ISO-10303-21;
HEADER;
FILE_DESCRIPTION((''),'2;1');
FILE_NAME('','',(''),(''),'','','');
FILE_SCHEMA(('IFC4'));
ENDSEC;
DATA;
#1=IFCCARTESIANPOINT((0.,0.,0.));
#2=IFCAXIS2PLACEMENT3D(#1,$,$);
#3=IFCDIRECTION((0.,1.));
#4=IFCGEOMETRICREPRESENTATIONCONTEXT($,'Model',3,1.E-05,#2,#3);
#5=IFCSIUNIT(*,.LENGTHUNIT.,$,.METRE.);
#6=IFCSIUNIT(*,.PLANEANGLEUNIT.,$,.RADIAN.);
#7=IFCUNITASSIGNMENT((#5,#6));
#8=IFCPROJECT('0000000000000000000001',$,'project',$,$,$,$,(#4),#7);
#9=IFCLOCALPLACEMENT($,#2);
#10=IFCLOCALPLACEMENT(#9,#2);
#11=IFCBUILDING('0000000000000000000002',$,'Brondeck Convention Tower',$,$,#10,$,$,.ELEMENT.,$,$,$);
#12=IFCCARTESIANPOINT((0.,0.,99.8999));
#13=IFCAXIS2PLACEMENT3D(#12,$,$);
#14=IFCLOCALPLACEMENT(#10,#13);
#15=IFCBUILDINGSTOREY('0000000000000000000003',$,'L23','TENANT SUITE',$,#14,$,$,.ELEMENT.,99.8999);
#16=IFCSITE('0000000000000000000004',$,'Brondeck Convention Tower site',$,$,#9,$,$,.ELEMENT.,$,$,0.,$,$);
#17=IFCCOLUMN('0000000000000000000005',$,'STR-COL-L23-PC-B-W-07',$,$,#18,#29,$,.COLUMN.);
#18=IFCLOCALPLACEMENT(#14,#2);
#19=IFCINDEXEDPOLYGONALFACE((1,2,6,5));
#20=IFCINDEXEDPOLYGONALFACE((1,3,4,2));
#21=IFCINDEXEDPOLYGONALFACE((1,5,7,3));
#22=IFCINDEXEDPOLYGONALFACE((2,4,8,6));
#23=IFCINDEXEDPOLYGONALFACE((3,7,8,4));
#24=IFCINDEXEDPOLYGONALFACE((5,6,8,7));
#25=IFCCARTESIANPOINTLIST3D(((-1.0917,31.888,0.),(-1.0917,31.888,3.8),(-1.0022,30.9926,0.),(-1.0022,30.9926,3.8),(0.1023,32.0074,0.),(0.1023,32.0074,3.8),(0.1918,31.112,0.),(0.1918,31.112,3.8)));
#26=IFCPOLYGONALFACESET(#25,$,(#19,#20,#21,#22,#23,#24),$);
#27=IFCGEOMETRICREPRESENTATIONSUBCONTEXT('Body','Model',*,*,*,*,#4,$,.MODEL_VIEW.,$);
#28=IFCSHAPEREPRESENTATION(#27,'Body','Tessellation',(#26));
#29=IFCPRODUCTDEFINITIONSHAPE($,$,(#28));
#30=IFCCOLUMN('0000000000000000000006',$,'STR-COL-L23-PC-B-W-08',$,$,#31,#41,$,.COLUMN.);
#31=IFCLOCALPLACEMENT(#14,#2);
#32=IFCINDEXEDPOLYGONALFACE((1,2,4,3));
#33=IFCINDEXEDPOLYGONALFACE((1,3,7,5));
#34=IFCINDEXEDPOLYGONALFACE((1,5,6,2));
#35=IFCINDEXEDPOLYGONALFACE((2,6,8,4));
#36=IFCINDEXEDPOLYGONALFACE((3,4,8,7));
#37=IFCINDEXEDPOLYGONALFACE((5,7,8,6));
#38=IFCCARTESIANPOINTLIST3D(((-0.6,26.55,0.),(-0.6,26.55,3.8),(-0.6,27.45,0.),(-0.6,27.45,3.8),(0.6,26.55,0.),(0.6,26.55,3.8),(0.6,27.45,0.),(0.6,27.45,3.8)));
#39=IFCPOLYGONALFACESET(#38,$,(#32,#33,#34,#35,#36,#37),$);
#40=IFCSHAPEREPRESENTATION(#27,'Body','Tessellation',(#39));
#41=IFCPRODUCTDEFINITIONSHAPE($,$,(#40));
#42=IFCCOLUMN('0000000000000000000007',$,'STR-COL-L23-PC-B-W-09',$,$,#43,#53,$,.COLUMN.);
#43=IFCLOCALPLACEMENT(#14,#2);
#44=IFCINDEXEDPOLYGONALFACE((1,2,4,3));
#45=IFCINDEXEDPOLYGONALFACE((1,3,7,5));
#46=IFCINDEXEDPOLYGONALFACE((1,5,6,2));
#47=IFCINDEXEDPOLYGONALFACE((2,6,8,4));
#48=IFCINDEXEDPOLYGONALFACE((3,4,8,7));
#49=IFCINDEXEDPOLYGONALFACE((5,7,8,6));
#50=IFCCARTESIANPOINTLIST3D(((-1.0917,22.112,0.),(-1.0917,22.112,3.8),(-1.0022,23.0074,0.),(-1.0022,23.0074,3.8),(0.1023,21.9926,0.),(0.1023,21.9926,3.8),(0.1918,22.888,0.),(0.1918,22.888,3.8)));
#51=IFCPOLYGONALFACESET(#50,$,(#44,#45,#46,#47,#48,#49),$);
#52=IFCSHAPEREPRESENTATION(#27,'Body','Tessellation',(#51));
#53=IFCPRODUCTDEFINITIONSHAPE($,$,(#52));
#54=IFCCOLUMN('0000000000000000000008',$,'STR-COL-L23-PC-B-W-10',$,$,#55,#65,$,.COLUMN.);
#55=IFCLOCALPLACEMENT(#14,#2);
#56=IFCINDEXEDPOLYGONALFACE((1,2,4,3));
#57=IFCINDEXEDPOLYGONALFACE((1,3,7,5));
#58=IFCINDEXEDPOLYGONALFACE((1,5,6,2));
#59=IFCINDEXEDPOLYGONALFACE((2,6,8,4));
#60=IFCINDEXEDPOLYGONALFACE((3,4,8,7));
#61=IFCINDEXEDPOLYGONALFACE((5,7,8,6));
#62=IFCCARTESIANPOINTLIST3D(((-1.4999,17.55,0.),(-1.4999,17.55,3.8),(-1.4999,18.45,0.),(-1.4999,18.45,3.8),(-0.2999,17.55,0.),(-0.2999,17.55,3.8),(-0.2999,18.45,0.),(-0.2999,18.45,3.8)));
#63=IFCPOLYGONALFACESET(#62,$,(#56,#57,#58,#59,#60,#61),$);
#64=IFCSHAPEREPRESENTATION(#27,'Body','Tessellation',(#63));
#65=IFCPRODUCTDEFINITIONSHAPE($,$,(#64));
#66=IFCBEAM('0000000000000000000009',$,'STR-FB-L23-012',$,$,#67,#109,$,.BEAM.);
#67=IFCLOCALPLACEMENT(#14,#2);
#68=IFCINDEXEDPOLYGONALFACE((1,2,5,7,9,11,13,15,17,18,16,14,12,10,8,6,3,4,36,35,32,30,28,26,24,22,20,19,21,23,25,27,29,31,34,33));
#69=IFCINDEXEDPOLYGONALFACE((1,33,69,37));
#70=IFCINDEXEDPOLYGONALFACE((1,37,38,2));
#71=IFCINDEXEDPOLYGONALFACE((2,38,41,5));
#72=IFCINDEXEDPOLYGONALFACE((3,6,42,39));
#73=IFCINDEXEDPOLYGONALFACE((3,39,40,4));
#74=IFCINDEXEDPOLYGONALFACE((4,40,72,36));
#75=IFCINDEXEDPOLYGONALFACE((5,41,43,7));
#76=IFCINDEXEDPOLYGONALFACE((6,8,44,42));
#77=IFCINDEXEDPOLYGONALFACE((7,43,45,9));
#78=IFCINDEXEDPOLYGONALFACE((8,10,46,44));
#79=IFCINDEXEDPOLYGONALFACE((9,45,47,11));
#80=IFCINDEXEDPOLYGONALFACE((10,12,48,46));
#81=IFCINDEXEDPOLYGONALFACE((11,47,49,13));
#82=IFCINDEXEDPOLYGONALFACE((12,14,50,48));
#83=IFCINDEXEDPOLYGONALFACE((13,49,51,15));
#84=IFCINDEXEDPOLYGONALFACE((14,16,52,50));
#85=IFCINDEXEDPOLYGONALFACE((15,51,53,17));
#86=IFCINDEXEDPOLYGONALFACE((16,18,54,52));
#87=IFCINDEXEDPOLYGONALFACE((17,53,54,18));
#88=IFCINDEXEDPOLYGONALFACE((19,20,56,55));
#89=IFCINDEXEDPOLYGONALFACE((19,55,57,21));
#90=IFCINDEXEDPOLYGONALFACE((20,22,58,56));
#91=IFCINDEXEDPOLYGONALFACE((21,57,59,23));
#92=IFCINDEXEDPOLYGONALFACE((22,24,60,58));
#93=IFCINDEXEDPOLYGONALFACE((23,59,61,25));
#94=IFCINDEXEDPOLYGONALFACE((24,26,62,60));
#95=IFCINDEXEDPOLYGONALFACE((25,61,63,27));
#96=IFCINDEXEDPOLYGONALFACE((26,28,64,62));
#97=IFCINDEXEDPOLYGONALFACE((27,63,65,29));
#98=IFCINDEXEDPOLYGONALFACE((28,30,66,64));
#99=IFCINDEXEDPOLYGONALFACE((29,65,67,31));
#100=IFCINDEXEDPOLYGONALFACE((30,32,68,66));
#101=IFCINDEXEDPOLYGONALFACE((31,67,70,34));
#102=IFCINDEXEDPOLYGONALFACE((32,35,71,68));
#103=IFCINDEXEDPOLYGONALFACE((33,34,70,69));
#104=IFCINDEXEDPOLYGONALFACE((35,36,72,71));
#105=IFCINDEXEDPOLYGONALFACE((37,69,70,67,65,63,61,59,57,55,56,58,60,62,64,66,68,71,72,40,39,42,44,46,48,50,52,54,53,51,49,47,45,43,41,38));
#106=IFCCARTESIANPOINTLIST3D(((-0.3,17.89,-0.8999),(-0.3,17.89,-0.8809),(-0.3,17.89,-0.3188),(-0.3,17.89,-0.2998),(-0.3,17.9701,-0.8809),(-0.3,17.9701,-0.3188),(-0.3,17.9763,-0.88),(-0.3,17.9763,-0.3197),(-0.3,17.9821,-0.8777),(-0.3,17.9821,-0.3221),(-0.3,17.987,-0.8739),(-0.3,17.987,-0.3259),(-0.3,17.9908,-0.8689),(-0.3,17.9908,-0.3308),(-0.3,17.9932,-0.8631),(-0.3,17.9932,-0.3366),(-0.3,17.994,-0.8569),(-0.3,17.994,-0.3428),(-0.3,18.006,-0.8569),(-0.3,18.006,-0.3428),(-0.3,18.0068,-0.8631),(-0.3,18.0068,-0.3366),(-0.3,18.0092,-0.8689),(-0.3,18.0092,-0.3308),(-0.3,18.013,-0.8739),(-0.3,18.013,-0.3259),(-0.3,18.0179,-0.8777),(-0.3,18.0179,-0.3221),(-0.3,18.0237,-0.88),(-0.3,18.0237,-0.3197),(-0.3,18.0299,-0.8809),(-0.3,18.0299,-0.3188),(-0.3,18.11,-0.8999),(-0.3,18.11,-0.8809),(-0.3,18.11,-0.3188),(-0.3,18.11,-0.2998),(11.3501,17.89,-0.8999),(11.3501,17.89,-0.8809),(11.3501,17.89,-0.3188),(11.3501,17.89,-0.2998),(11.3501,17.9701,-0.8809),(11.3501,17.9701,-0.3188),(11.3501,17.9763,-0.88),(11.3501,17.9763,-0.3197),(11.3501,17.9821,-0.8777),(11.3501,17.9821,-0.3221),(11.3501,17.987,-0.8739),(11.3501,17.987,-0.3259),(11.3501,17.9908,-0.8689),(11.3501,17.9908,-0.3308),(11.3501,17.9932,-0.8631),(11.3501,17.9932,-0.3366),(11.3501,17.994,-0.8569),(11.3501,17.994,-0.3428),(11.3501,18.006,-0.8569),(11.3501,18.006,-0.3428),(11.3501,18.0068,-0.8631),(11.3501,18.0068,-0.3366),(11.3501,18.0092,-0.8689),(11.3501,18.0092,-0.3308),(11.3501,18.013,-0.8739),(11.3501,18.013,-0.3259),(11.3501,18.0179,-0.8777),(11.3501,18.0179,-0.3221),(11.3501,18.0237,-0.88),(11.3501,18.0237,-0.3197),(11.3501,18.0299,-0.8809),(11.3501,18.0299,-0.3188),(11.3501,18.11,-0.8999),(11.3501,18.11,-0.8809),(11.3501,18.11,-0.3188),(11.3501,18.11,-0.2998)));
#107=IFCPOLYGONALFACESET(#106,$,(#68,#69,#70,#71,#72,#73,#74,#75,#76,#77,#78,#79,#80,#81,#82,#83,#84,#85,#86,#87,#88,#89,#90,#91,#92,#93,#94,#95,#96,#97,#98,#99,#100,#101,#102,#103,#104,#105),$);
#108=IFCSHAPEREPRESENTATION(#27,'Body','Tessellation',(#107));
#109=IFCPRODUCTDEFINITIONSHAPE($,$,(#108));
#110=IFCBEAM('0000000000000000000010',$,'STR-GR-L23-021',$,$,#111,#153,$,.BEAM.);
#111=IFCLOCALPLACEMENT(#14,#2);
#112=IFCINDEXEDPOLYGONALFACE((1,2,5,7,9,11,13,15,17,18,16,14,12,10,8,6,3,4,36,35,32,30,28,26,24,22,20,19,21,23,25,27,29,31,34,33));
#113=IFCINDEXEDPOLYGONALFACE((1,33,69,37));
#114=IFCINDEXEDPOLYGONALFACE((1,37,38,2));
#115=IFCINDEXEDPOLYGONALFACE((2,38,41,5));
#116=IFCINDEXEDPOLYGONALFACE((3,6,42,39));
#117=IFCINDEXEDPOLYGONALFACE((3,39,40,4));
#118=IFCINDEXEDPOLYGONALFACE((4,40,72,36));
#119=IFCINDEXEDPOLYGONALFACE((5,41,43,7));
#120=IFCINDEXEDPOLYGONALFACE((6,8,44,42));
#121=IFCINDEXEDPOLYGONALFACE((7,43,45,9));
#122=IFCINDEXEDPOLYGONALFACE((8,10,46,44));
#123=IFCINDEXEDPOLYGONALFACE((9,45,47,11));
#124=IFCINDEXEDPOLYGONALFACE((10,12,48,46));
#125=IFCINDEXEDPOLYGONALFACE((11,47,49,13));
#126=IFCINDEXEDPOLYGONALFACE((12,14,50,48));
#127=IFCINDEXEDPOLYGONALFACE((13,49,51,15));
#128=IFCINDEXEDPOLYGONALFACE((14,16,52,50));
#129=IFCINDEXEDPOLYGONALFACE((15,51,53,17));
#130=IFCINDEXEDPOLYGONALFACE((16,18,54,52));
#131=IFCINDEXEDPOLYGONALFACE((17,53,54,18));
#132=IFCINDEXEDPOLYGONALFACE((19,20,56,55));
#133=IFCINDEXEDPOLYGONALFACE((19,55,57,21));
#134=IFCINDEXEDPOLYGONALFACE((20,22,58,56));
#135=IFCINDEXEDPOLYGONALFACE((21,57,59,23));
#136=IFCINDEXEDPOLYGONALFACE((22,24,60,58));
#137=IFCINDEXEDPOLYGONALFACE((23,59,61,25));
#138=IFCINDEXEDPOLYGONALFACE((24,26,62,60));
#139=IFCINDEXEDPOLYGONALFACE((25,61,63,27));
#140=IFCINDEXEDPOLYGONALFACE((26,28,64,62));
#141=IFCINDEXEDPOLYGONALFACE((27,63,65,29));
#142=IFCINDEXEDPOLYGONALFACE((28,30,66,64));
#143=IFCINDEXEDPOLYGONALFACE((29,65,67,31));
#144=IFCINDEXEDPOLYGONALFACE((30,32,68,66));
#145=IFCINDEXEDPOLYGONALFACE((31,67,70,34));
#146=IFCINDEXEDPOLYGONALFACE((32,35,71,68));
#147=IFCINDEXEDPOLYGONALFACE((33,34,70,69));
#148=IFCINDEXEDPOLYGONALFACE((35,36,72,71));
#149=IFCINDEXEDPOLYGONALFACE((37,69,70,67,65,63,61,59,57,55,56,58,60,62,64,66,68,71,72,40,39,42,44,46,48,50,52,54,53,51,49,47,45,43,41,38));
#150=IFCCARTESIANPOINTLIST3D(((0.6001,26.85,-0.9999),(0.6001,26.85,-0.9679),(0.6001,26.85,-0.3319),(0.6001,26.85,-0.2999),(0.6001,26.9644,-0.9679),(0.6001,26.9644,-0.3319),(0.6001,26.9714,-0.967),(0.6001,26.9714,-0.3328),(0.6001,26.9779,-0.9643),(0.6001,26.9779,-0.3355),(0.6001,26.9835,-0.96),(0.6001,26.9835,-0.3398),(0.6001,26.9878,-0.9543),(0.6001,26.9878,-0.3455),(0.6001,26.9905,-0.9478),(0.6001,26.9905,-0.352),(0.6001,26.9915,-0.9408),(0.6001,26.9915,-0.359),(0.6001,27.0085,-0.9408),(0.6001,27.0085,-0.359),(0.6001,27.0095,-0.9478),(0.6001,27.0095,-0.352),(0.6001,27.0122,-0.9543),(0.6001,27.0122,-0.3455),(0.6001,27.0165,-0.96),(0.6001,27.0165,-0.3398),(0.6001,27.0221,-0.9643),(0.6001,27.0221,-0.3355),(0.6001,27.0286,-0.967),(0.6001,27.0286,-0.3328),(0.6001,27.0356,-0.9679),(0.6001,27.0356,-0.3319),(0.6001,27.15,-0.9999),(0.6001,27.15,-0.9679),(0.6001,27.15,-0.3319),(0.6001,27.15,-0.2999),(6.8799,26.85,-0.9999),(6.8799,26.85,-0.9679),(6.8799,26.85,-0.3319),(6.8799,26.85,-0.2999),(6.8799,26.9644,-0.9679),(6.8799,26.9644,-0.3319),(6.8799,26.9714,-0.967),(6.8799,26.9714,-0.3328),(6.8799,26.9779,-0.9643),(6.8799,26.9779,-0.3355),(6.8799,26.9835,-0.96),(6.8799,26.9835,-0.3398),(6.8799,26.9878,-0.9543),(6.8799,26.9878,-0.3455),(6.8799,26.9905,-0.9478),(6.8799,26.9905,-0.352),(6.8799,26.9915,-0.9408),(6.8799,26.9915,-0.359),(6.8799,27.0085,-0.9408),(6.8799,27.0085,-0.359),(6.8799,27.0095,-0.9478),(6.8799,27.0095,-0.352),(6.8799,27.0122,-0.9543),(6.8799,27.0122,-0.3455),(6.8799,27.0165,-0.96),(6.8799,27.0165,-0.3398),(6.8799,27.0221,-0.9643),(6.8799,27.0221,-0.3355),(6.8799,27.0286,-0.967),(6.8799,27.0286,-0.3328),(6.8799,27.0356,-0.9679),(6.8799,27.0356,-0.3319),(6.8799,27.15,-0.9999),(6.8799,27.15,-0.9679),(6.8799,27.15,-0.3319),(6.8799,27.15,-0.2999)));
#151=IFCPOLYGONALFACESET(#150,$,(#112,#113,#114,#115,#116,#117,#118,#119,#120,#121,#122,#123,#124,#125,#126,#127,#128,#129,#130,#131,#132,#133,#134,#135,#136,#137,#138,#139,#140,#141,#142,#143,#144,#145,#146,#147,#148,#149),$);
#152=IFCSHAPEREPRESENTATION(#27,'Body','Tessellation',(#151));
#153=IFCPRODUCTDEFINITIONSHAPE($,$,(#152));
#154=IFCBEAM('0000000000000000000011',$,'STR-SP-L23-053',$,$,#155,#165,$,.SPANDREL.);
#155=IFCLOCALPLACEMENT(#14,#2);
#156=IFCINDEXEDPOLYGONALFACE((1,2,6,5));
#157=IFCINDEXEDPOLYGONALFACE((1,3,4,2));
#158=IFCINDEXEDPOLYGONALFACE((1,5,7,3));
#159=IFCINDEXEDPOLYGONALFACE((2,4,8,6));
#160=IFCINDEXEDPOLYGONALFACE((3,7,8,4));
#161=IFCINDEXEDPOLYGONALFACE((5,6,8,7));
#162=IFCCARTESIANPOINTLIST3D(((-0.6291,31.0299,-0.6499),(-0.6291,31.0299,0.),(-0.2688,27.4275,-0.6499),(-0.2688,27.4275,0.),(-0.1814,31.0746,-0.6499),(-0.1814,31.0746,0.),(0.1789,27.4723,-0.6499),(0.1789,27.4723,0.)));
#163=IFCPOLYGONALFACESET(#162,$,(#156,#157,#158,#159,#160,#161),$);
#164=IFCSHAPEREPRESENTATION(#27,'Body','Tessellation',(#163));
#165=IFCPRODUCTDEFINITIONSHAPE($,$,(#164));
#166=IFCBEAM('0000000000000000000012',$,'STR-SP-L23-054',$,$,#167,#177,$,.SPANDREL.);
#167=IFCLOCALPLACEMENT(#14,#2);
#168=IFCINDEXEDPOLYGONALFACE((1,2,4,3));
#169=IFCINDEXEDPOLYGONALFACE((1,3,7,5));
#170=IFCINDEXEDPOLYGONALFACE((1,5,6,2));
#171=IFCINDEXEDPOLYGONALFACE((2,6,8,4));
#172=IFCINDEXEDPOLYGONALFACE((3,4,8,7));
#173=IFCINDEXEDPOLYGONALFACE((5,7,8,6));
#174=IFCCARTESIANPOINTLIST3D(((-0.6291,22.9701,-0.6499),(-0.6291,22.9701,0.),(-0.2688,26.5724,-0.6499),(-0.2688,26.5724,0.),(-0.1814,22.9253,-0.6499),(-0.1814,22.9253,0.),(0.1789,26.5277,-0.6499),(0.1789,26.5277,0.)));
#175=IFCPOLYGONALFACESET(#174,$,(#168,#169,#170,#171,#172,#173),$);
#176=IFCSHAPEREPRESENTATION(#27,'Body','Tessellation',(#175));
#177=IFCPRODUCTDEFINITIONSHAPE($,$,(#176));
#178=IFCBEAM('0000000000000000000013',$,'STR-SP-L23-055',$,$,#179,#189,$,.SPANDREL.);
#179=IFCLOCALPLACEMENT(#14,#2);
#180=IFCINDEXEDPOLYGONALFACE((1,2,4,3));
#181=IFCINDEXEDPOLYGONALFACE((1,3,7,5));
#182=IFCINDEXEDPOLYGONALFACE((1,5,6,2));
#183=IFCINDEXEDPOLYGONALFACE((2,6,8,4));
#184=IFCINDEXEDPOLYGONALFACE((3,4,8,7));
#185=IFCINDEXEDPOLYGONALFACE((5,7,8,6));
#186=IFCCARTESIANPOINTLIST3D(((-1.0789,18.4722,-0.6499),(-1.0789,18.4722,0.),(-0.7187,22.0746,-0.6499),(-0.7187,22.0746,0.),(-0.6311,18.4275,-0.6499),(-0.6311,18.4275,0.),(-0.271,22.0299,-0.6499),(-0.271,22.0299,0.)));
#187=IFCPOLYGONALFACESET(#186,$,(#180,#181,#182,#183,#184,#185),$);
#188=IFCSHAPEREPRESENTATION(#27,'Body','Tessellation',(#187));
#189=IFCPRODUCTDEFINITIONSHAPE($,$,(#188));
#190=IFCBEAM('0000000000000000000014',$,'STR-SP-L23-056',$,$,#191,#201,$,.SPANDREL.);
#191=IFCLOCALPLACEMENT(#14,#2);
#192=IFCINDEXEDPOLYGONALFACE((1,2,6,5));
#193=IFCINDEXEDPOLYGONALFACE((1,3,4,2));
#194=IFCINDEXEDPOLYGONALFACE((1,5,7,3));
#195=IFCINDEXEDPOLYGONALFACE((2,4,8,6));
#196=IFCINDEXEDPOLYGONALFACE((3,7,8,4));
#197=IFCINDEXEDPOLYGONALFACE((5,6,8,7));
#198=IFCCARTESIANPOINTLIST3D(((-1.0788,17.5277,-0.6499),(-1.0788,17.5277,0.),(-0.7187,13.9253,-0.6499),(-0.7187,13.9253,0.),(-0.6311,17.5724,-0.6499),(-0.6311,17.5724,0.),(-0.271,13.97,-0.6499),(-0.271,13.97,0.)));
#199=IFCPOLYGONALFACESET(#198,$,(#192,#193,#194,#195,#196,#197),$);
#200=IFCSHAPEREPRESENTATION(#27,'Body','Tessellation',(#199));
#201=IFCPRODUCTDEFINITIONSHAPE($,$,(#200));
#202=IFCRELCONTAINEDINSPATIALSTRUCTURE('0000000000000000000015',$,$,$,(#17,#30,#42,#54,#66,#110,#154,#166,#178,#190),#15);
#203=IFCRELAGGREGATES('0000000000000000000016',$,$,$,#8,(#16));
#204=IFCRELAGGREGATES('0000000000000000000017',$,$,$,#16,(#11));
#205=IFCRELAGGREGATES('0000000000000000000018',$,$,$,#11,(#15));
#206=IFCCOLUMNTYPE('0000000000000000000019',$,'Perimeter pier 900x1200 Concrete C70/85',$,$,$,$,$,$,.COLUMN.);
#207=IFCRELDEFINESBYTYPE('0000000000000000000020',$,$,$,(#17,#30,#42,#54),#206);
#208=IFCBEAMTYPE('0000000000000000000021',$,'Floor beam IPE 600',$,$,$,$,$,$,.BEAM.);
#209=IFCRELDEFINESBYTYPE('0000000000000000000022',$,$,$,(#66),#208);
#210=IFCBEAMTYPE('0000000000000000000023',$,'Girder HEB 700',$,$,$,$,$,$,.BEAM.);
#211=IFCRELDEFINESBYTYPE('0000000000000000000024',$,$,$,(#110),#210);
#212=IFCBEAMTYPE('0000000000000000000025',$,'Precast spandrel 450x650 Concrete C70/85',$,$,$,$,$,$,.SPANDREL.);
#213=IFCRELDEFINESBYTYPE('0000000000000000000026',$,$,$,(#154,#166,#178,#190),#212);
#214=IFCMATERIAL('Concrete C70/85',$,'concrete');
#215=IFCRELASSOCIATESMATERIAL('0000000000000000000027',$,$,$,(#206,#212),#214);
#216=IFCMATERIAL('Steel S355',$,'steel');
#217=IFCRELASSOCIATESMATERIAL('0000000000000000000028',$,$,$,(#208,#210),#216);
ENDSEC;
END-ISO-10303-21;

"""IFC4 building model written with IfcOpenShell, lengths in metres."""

from ifc_helpers import new_model, si_unit, direction, frame, origin, origin_2d, place, context, subcontext, project, spatial, rectangle, i_section, extrude, material, material_profile, profile_set, type_object, element, save


model = new_model("IFC4")

# Units and contexts
model_context = context("Model", 3, precision=1e-05, world=origin(), true_north=direction((0.0, 1.0)))
body_context = subcontext(model_context, "Body", "Model", "MODEL_VIEW")
ifc_project = project(units=[si_unit("LENGTHUNIT", "METRE"), si_unit("PLANEANGLEUNIT", "RADIAN")], contexts=[model_context])

# Site, building, storey
site_placement = place(None, origin())
site = spatial("IfcSite", under=ifc_project, at=site_placement, Name="Brondeck Convention Tower site", CompositionType="ELEMENT", RefElevation=0.0)
building_placement = place(site_placement, origin())
building = spatial("IfcBuilding", under=site, at=building_placement, Name="Brondeck Convention Tower", CompositionType="ELEMENT")
storey_placement = place(building_placement, frame((0.0, 0.0, 99.8999)))
storey = spatial("IfcBuildingStorey", under=building, at=storey_placement, Name="L23", Description="TENANT SUITE", CompositionType="ELEMENT", Elevation=99.8999)

# Columns
ifc_material_1 = material(Name="Concrete C70/85", Category="concrete")
ifc_material_profile_1 = material_profile(ifc_material_1, rectangle(XDim=0.8999, YDim=1.2, at=origin_2d()), Name="Perimeter pier 900x1200 Concrete C70/85")
ifc_profile_set_1 = profile_set([ifc_material_profile_1], Name="Concrete C70/85")
column_type = type_object("IfcColumnType", Name="Perimeter pier 900x1200 Concrete C70/85", PredefinedType="COLUMN", material=ifc_profile_set_1)
for number, where, z_axis, x_axis, name in (
    (1, (-0.45, 31.5, 0.0), (0.0, 0.0, 1.0), (0.099504, -0.995037, 0.0), "STR-COL-L23-PC-B-W-07"),
    (2, (0.0, 27.0, 0.0), (0.0, 0.0, 1.0), (0.0, -1.0, 0.0), "STR-COL-L23-PC-B-W-08"),
    (3, (-0.45, 22.5, 0.0), (0.0, 0.0, 1.0), (-0.099504, -0.995037, 0.0), "STR-COL-L23-PC-B-W-09"),
    (4, (-0.8999, 18.0, 0.0), (0.0, 0.0, 1.0), (0.0, -1.0, 0.0), "STR-COL-L23-PC-B-W-10"),
):
    element("IfcColumn", number, at=place(storey_placement, frame(where, z_axis=z_axis, x_axis=x_axis)), inside=storey, type_object=column_type, Name=name, PredefinedType="COLUMN", context=body_context, shape_type="SweptSolid", body=[
        extrude(rectangle(XDim=0.8999, YDim=1.2, at=origin_2d()), origin(), (0.0, 0.0, 1.0), 3.8),
    ])

# Beams
ifc_material_2 = material(Name="Steel S355", Category="steel")
ifc_material_profile_2 = material_profile(ifc_material_2, i_section(OverallWidth=0.22, OverallDepth=0.6001, WebThickness=0.012, FlangeThickness=0.019, FilletRadius=0.0239, at=origin_2d()), Name="IPE 600")
ifc_profile_set_2 = profile_set([ifc_material_profile_2], Name="Steel S355")
beam_type_1 = type_object("IfcBeamType", Name="Floor beam IPE 600", PredefinedType="BEAM", material=ifc_profile_set_2)
beam_1_placement = place(storey_placement, frame((-0.3, 18.0, -0.5999), z_axis=(1.0, 0.0, 0.0), x_axis=(0.0, 1.0, 0.0)))
element("IfcBeam", 5, at=beam_1_placement, inside=storey, type_object=beam_type_1, Name="STR-FB-L23-012", PredefinedType="BEAM", context=body_context, shape_type="SweptSolid", body=[
    extrude(i_section(OverallWidth=0.22, OverallDepth=0.6001, WebThickness=0.012, FlangeThickness=0.019, FilletRadius=0.0239, at=origin_2d()), origin(), (0.0, 0.0, 1.0), 11.6501),
])
ifc_material_profile_3 = material_profile(ifc_material_2, i_section(OverallWidth=0.3, OverallDepth=0.7, WebThickness=0.0171, FlangeThickness=0.032, FilletRadius=0.0271, at=origin_2d()), Name="HEB 700")
ifc_profile_set_3 = profile_set([ifc_material_profile_3], Name="Steel S355")
beam_type_2 = type_object("IfcBeamType", Name="Girder HEB 700", PredefinedType="BEAM", material=ifc_profile_set_3)
beam_2_placement = place(storey_placement, frame((0.6001, 27.0, -0.6499), z_axis=(1.0, 0.0, 0.0), x_axis=(0.0, 1.0, 0.0)))
element("IfcBeam", 6, at=beam_2_placement, inside=storey, type_object=beam_type_2, Name="STR-GR-L23-021", PredefinedType="BEAM", context=body_context, shape_type="SweptSolid", body=[
    extrude(i_section(OverallWidth=0.3, OverallDepth=0.7, WebThickness=0.0171, FlangeThickness=0.032, FilletRadius=0.0271, at=origin_2d()), origin(), (0.0, 0.0, 1.0), 6.2798),
])
ifc_material_profile_4 = material_profile(ifc_material_1, rectangle(XDim=0.45, YDim=0.6499, at=origin_2d()), Name="Precast spandrel 450x650 Concrete C70/85")
ifc_profile_set_4 = profile_set([ifc_material_profile_4], Name="Concrete C70/85")
beam_type_3 = type_object("IfcBeamType", Name="Precast spandrel 450x650 Concrete C70/85", PredefinedType="SPANDREL", material=ifc_profile_set_4)
for number, where, z_axis, x_axis, name in (
    (7, (-0.4053, 31.0522, -0.325), (0.099537, -0.995034, 0.0), (0.995034, 0.099537, 0.0), "STR-SP-L23-053"),
    (8, (-0.0449, 26.55, -0.325), (-0.099537, -0.995034, 0.0), (0.995034, -0.099537, 0.0), "STR-SP-L23-054"),
    (9, (-0.4949, 22.0522, -0.325), (-0.09947, -0.995041, 0.0), (0.995041, -0.09947, 0.0), "STR-SP-L23-055"),
    (10, (-0.855, 17.55, -0.325), (0.09947, -0.995041, 0.0), (0.995041, 0.09947, 0.0), "STR-SP-L23-056"),
):
    element("IfcBeam", number, at=place(storey_placement, frame(where, z_axis=z_axis, x_axis=x_axis)), inside=storey, type_object=beam_type_3, Name=name, PredefinedType="SPANDREL", context=body_context, shape_type="SweptSolid", body=[
        extrude(rectangle(XDim=0.45, YDim=0.6499, at=origin_2d()), origin(), (0.0, 0.0, 1.0), 3.6204),
    ])

save(model, "model.ifc")
